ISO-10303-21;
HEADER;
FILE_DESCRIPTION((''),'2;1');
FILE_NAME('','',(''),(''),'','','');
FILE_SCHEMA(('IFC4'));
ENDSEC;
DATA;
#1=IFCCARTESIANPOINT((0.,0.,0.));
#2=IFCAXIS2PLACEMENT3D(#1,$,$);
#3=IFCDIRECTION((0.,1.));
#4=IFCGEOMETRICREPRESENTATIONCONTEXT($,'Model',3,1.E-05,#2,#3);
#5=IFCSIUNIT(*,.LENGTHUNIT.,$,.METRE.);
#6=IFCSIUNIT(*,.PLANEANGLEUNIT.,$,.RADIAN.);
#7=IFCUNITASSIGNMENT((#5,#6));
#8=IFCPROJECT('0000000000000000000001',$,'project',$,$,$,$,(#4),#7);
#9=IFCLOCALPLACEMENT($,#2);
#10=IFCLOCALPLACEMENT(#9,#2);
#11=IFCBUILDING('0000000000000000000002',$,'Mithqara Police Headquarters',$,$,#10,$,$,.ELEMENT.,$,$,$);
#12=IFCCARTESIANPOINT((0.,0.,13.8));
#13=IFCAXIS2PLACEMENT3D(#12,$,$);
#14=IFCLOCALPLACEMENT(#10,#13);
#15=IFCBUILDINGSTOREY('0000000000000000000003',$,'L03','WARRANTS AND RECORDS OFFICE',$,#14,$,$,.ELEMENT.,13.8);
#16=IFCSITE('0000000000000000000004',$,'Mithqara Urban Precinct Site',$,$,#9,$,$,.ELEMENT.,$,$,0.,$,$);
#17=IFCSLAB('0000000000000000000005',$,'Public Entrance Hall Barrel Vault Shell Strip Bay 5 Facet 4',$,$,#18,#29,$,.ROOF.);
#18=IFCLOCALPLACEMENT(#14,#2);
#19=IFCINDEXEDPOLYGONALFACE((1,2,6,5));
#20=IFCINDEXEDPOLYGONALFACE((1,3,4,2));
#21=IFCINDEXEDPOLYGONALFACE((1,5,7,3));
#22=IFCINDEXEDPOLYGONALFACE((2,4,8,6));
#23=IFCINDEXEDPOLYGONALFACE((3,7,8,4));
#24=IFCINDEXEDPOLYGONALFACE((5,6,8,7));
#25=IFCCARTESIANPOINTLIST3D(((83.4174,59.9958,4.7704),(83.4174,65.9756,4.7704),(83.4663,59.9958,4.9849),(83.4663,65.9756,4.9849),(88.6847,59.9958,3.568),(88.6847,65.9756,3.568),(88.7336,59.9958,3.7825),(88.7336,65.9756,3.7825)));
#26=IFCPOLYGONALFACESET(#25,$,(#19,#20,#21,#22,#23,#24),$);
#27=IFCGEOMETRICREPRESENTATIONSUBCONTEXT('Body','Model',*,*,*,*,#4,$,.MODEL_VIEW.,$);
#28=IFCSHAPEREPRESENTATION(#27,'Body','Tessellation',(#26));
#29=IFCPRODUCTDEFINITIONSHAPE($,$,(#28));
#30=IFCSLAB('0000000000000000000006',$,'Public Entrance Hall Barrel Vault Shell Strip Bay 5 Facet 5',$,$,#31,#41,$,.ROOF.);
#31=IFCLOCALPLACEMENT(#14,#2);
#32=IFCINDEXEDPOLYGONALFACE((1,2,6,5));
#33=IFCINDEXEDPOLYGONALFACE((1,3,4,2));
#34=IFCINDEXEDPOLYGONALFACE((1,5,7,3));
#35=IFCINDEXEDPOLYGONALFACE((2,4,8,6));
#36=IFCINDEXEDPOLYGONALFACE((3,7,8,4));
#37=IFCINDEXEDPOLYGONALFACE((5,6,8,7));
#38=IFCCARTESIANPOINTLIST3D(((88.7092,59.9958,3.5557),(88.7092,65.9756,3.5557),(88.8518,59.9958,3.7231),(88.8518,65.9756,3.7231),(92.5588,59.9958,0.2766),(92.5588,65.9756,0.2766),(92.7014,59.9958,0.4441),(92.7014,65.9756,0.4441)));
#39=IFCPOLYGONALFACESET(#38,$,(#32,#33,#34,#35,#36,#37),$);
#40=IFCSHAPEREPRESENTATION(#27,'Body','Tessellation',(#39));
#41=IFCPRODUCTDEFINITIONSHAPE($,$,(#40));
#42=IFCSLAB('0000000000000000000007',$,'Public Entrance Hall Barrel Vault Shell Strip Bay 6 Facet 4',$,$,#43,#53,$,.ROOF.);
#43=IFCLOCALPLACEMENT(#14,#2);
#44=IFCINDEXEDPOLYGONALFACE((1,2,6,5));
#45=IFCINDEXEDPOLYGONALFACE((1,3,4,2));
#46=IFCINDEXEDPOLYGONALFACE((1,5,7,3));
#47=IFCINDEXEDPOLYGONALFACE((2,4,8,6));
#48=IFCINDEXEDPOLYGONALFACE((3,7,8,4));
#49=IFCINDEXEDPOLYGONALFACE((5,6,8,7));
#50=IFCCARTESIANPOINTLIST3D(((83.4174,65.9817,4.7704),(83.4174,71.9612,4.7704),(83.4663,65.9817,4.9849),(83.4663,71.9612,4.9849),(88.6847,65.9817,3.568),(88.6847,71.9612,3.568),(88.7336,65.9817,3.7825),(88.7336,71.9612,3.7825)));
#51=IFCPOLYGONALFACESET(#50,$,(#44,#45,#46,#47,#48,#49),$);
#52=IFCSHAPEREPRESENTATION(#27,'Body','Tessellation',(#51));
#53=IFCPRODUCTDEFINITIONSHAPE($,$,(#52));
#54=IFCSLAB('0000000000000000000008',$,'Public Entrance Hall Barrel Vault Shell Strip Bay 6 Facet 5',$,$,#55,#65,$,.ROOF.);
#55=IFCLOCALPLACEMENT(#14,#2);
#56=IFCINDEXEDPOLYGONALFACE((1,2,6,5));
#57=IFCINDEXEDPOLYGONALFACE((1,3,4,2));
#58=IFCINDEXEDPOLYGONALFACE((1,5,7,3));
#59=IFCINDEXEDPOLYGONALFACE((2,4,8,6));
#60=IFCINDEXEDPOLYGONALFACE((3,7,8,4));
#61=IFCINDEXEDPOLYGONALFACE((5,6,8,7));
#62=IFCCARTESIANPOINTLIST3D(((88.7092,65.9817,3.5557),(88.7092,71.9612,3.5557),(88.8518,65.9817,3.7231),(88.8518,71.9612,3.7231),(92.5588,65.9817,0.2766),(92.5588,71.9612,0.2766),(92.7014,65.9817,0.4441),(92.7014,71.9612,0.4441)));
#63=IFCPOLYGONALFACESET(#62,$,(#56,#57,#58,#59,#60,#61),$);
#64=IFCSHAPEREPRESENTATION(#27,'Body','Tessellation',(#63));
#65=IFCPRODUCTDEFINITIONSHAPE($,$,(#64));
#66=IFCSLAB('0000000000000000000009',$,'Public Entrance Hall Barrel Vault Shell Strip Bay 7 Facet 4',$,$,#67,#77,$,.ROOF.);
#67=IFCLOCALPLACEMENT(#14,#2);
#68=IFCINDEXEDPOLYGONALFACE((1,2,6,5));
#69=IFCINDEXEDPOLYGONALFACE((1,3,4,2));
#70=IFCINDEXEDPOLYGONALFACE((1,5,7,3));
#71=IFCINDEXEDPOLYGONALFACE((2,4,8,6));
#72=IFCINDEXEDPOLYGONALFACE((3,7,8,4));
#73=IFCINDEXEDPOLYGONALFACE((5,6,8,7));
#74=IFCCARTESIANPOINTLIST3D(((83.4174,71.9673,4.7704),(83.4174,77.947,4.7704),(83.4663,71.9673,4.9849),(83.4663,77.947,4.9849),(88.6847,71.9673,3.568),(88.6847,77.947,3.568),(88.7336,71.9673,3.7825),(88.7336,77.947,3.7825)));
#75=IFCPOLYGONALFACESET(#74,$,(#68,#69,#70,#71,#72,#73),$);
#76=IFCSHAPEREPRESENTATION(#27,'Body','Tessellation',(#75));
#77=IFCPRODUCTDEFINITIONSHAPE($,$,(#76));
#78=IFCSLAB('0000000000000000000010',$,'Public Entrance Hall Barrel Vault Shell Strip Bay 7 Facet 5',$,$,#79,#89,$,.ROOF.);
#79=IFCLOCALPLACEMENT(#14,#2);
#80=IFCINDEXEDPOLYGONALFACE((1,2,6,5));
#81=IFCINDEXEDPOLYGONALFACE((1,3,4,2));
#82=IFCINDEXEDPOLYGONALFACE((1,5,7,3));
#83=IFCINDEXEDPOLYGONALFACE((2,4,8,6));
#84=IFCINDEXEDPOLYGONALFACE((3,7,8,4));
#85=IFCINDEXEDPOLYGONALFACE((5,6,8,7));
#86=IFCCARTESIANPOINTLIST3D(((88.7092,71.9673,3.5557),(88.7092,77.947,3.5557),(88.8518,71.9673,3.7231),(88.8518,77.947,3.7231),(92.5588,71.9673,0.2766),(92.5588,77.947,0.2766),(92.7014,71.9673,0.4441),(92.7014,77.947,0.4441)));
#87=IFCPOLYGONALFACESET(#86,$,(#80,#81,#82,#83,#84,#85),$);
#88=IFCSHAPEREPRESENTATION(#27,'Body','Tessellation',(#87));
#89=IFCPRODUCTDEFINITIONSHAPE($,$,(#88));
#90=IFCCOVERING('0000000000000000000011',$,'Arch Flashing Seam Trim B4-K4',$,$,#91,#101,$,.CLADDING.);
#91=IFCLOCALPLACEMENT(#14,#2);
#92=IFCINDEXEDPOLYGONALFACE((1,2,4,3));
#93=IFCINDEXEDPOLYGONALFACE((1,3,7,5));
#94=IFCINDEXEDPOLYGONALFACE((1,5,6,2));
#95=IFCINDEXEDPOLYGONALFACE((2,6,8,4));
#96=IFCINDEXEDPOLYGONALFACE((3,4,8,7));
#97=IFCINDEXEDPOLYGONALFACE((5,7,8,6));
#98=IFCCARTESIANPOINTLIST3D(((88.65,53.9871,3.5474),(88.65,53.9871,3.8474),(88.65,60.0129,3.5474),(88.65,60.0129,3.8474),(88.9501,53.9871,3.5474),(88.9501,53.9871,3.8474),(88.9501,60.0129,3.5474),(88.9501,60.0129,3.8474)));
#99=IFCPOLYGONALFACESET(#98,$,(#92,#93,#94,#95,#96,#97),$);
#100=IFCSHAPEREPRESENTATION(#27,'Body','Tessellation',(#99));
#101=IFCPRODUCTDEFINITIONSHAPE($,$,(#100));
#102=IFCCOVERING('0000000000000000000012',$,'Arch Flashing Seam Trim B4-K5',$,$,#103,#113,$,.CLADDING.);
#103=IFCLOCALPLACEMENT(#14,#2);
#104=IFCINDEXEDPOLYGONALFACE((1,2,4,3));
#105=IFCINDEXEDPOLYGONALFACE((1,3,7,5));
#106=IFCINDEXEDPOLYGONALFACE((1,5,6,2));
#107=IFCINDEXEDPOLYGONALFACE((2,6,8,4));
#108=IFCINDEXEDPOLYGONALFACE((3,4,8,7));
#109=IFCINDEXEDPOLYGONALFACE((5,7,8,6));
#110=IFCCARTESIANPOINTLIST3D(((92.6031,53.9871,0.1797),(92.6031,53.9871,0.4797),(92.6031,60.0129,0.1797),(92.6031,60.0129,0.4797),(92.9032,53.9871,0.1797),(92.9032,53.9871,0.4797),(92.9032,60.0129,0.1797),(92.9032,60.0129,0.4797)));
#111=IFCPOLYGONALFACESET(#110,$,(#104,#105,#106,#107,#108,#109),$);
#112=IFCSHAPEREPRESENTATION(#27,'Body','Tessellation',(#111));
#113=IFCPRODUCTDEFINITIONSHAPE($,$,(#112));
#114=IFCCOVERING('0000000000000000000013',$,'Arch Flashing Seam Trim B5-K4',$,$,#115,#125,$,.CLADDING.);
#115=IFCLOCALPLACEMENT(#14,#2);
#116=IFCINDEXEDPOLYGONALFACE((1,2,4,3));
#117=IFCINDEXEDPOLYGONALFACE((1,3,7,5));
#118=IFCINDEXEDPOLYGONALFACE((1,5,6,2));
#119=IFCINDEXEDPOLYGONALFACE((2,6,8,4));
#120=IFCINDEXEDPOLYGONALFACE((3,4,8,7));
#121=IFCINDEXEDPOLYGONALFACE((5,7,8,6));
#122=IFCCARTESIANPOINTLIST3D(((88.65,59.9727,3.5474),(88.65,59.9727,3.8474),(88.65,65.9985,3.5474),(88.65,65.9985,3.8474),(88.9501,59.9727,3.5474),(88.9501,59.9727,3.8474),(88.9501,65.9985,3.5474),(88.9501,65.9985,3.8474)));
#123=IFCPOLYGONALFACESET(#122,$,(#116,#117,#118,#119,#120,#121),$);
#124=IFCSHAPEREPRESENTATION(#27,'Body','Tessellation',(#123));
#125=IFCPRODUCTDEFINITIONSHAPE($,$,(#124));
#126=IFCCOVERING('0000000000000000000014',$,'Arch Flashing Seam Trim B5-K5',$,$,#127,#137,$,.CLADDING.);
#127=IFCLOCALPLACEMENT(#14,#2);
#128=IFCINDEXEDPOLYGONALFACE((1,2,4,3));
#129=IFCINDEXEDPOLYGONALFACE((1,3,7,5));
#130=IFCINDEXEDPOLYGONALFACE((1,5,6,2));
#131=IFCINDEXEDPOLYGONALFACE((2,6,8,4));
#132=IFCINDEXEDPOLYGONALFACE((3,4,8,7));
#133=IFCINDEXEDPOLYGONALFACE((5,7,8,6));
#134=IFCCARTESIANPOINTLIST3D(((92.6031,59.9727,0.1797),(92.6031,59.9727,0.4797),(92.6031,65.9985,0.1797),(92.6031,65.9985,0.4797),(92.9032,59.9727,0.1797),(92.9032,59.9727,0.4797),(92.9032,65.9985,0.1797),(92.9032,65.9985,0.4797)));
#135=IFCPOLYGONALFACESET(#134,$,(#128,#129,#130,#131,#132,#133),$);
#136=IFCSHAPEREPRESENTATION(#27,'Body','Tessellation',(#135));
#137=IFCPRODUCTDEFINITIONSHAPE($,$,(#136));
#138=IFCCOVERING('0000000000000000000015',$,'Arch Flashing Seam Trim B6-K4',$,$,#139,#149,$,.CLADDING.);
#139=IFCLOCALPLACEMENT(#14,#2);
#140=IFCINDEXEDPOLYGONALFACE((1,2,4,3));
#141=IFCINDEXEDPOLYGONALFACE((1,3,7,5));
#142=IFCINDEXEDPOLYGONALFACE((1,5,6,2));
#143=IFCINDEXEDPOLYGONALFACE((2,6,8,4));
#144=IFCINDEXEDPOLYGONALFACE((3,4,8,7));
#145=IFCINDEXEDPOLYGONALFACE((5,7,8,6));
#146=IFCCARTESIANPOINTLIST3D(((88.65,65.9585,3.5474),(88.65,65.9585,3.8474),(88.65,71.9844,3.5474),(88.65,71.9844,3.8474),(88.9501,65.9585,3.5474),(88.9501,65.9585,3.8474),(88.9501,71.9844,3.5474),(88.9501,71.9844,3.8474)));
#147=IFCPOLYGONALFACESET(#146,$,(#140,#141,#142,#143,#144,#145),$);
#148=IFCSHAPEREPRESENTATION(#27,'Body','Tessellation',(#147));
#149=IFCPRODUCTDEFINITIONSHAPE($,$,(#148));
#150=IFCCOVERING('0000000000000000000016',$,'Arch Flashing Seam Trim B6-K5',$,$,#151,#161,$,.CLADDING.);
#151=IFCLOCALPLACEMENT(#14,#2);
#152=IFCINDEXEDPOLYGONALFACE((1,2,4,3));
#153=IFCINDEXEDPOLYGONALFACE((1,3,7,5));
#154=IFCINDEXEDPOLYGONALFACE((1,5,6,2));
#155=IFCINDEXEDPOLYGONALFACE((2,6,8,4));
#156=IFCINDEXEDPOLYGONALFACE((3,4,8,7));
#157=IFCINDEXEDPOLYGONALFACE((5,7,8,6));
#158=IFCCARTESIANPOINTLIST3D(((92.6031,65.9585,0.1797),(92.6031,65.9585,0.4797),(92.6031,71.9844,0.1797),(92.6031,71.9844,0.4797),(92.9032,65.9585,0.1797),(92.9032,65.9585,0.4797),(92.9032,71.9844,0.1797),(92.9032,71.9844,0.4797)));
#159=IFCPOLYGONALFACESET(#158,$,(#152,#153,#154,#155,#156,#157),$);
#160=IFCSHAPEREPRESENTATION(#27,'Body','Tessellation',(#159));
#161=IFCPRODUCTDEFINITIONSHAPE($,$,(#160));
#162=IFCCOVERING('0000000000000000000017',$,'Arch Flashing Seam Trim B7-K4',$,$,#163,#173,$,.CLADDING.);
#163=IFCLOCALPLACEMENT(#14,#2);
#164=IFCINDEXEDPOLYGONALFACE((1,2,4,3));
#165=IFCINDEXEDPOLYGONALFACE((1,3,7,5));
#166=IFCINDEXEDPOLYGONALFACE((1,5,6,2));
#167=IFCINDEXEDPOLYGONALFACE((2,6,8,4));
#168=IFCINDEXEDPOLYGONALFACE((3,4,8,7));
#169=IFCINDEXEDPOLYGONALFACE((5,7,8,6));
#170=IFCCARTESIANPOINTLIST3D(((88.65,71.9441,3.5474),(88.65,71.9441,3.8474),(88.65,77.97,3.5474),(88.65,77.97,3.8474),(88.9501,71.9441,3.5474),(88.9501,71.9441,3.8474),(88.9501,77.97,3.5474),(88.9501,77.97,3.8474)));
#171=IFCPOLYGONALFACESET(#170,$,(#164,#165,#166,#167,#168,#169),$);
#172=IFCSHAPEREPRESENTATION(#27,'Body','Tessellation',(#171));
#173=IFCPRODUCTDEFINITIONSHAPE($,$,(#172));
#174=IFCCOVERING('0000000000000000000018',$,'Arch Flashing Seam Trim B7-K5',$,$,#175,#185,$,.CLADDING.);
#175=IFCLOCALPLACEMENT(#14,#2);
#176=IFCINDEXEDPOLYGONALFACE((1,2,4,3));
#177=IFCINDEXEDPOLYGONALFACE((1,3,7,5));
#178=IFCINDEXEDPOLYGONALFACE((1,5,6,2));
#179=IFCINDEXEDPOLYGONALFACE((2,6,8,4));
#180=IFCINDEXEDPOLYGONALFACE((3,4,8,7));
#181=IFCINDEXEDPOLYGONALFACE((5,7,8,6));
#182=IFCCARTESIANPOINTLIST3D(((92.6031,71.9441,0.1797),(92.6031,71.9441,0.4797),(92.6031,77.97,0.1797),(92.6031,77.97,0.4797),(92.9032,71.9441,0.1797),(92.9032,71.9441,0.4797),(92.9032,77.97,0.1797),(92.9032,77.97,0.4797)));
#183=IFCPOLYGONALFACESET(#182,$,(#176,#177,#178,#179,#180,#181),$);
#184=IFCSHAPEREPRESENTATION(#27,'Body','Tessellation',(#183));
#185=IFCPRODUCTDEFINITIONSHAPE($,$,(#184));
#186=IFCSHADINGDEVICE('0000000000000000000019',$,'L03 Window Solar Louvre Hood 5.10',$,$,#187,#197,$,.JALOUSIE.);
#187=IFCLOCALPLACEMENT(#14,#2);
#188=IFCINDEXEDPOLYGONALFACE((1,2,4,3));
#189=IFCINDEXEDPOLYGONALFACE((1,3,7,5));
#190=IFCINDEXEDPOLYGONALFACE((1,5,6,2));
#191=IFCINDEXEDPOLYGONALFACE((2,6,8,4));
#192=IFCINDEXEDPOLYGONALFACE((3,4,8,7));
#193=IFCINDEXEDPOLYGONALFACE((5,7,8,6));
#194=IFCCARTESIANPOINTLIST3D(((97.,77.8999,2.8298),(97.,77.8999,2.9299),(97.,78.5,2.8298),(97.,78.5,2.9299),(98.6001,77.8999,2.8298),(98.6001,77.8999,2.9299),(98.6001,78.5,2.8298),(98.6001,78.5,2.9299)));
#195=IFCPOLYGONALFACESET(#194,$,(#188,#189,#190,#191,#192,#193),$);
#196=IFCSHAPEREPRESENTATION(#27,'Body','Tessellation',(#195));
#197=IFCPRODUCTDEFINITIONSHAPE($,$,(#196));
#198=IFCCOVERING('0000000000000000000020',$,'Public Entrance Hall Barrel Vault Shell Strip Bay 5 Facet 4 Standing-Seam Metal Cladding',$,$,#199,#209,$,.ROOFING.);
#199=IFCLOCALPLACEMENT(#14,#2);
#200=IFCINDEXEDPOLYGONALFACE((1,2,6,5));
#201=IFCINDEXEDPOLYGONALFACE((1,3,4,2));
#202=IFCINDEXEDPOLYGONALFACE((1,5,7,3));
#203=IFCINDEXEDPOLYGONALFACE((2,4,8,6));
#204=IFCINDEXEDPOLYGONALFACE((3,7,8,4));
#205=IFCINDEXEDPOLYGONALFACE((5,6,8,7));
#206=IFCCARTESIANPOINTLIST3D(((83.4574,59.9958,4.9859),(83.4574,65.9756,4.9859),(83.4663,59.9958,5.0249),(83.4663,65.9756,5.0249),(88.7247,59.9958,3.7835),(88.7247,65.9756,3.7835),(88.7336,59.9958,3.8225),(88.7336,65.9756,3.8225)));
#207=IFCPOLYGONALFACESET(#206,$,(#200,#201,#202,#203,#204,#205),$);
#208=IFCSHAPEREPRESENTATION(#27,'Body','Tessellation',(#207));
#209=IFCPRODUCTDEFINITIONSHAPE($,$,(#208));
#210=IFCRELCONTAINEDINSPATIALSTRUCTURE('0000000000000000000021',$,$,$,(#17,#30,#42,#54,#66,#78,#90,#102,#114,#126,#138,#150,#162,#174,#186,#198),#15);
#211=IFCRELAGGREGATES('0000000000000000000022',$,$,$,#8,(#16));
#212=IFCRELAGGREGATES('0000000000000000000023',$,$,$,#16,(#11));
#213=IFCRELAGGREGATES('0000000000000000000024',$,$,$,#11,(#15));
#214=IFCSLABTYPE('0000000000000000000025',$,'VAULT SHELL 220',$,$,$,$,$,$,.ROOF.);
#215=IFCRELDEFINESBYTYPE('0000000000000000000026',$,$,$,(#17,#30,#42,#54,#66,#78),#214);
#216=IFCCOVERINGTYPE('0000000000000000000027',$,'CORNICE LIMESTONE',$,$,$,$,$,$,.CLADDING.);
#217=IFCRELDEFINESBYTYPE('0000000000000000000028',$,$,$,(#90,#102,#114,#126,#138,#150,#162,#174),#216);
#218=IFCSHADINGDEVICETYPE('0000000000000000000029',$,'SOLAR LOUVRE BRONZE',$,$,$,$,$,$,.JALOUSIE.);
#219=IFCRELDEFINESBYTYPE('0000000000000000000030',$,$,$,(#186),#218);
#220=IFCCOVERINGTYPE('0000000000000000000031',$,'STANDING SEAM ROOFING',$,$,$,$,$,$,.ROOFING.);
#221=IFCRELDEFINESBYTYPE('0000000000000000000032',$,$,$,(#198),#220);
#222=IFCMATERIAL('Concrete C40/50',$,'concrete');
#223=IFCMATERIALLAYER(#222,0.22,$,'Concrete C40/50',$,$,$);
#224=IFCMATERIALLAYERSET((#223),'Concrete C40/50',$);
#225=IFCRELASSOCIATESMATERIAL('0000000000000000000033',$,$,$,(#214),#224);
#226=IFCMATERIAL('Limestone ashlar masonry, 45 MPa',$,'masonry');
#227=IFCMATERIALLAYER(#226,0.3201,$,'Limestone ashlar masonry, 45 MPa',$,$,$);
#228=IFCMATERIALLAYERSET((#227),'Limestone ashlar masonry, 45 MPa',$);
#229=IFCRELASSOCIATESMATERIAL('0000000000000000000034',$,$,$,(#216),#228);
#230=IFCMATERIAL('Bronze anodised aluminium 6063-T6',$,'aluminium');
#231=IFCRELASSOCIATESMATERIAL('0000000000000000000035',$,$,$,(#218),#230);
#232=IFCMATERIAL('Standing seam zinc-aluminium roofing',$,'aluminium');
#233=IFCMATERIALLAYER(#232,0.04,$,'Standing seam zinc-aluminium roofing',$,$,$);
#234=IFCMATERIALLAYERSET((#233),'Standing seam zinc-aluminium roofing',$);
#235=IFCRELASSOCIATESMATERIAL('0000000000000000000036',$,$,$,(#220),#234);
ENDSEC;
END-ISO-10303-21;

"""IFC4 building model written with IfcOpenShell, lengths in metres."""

from ifc_helpers import new_model, si_unit, direction, frame, origin, origin_2d, place, context, subcontext, project, spatial, polyline, rectangle, outline, extrude, material, layer, layer_set, type_object, element, save


model = new_model("IFC4")

# Units and contexts
model_context = context("Model", 3, precision=1e-05, world=origin(), true_north=direction((0.0, 1.0)))
body_context = subcontext(model_context, "Body", "Model", "MODEL_VIEW")
ifc_project = project(units=[si_unit("LENGTHUNIT", "METRE"), si_unit("PLANEANGLEUNIT", "RADIAN")], contexts=[model_context])

# Site, building, storey
site_placement = place(None, origin())
site = spatial("IfcSite", under=ifc_project, at=site_placement, Name="Mithqara Urban Precinct Site", CompositionType="ELEMENT", RefElevation=0.0)
building_placement = place(site_placement, origin())
building = spatial("IfcBuilding", under=site, at=building_placement, Name="Mithqara Police Headquarters", CompositionType="ELEMENT")
storey_placement = place(building_placement, frame((0.0, 0.0, 13.8)))
storey = spatial("IfcBuildingStorey", under=building, at=storey_placement, Name="L03", Description="WARRANTS AND RECORDS OFFICE", CompositionType="ELEMENT", Elevation=13.8)

# Slabs
ifc_material_1 = material(Name="Concrete C40/50", Category="concrete")
ifc_layer_1 = layer(ifc_material_1, 0.22, Name="Concrete C40/50")
ifc_layer_set_1 = layer_set([ifc_layer_1], Name="Concrete C40/50")
slab_type = type_object("IfcSlabType", Name="VAULT SHELL 220", PredefinedType="ROOF", material=ifc_layer_set_1)
slab_1_placement = place(storey_placement, frame((83.4663, 59.9958, 4.9849), z_axis=(0.222549, 0.0, 0.974922), x_axis=(0.974922, 0.0, -0.222549)))
element("IfcSlab", 1, at=slab_1_placement, inside=storey, type_object=slab_type, Name="Public Entrance Hall Barrel Vault Shell Strip Bay 5 Facet 4", PredefinedType="ROOF", context=body_context, shape_type="SweptSolid", body=[
    extrude(outline(polyline([(0.0, 0.0), (5.4028, 0.0), (5.4028, 5.9797), (0.0, 5.9797), (0.0, 0.0)])), origin(), (0.0, 0.0, -1.0), 0.22),
])
slab_2_placement = place(storey_placement, frame((88.8518, 59.9958, 3.7231), z_axis=(0.648438, 0.0, 0.761267), x_axis=(0.761267, 0.0, -0.648438)))
element("IfcSlab", 2, at=slab_2_placement, inside=storey, type_object=slab_type, Name="Public Entrance Hall Barrel Vault Shell Strip Bay 5 Facet 5", PredefinedType="ROOF", context=body_context, shape_type="SweptSolid", body=[
    extrude(outline(polyline([(0.0, 0.0), (5.0568, 0.0), (5.0568, 5.9797), (0.0, 5.9797), (0.0, 0.0)])), origin(), (0.0, 0.0, -1.0), 0.22),
])
slab_3_placement = place(storey_placement, frame((83.4663, 65.9817, 4.9849), z_axis=(0.222549, 0.0, 0.974922), x_axis=(0.974922, 0.0, -0.222549)))
element("IfcSlab", 3, at=slab_3_placement, inside=storey, type_object=slab_type, Name="Public Entrance Hall Barrel Vault Shell Strip Bay 6 Facet 4", PredefinedType="ROOF", context=body_context, shape_type="SweptSolid", body=[
    extrude(outline(polyline([(0.0, 0.0), (5.4028, 0.0), (5.4028, 5.9795), (0.0, 5.9795), (0.0, 0.0)])), origin(), (0.0, 0.0, -1.0), 0.22),
])
slab_4_placement = place(storey_placement, frame((88.8518, 65.9817, 3.7231), z_axis=(0.648438, 0.0, 0.761267), x_axis=(0.761267, 0.0, -0.648438)))
element("IfcSlab", 4, at=slab_4_placement, inside=storey, type_object=slab_type, Name="Public Entrance Hall Barrel Vault Shell Strip Bay 6 Facet 5", PredefinedType="ROOF", context=body_context, shape_type="SweptSolid", body=[
    extrude(outline(polyline([(0.0, 0.0), (5.0568, 0.0), (5.0568, 5.9795), (0.0, 5.9795), (0.0, 0.0)])), origin(), (0.0, 0.0, -1.0), 0.22),
])
slab_5_placement = place(storey_placement, frame((83.4663, 71.9673, 4.9849), z_axis=(0.222549, 0.0, 0.974922), x_axis=(0.974922, 0.0, -0.222549)))
element("IfcSlab", 5, at=slab_5_placement, inside=storey, type_object=slab_type, Name="Public Entrance Hall Barrel Vault Shell Strip Bay 7 Facet 4", PredefinedType="ROOF", context=body_context, shape_type="SweptSolid", body=[
    extrude(outline(polyline([(0.0, 0.0), (5.4028, 0.0), (5.4028, 5.9797), (0.0, 5.9797), (0.0, 0.0)])), origin(), (0.0, 0.0, -1.0), 0.22),
])
slab_6_placement = place(storey_placement, frame((88.8518, 71.9673, 3.7231), z_axis=(0.648438, 0.0, 0.761267), x_axis=(0.761267, 0.0, -0.648438)))
element("IfcSlab", 6, at=slab_6_placement, inside=storey, type_object=slab_type, Name="Public Entrance Hall Barrel Vault Shell Strip Bay 7 Facet 5", PredefinedType="ROOF", context=body_context, shape_type="SweptSolid", body=[
    extrude(outline(polyline([(0.0, 0.0), (5.0568, 0.0), (5.0568, 5.9797), (0.0, 5.9797), (0.0, 0.0)])), origin(), (0.0, 0.0, -1.0), 0.22),
])

# Coverings
ifc_material_2 = material(Name="Limestone ashlar masonry, 45 MPa", Category="masonry")
ifc_layer_2 = layer(ifc_material_2, 0.3201, Name="Limestone ashlar masonry, 45 MPa")
ifc_layer_set_2 = layer_set([ifc_layer_2], Name="Limestone ashlar masonry, 45 MPa")
covering_type_1 = type_object("IfcCoveringType", Name="CORNICE LIMESTONE", PredefinedType="CLADDING", material=ifc_layer_set_2)
for number, where, z_axis, x_axis, name in (
    (7, (88.8, 57.0, 3.5474), (0.0, 0.0, 1.0), (1.0, 0.0, 0.0), "Arch Flashing Seam Trim B4-K4"),
    (8, (92.7532, 57.0, 0.1797), (0.0, 0.0, 1.0), (1.0, 0.0, 0.0), "Arch Flashing Seam Trim B4-K5"),
    (9, (88.8, 62.9856, 3.5474), (0.0, 0.0, 1.0), (1.0, 0.0, 0.0), "Arch Flashing Seam Trim B5-K4"),
    (10, (92.7532, 62.9856, 0.1797), (0.0, 0.0, 1.0), (1.0, 0.0, 0.0), "Arch Flashing Seam Trim B5-K5"),
    (11, (88.8, 68.9714, 3.5474), (0.0, 0.0, 1.0), (1.0, 0.0, 0.0), "Arch Flashing Seam Trim B6-K4"),
    (12, (92.7532, 68.9714, 0.1797), (0.0, 0.0, 1.0), (1.0, 0.0, 0.0), "Arch Flashing Seam Trim B6-K5"),
    (13, (88.8, 74.957, 3.5474), (0.0, 0.0, 1.0), (1.0, 0.0, 0.0), "Arch Flashing Seam Trim B7-K4"),
    (14, (92.7532, 74.957, 0.1797), (0.0, 0.0, 1.0), (1.0, 0.0, 0.0), "Arch Flashing Seam Trim B7-K5"),
):
    element("IfcCovering", number, at=place(storey_placement, frame(where, z_axis=z_axis, x_axis=x_axis)), inside=storey, type_object=covering_type_1, Name=name, PredefinedType="CLADDING", context=body_context, shape_type="SweptSolid", body=[
        extrude(rectangle(XDim=0.3, YDim=6.0259, at=origin_2d()), origin(), (0.0, 0.0, 1.0), 0.3),
    ])

# Shading device
ifc_material_3 = material(Name="Bronze anodised aluminium 6063-T6", Category="aluminium")
shading_device_type = type_object("IfcShadingDeviceType", Name="SOLAR LOUVRE BRONZE", PredefinedType="JALOUSIE", material=ifc_material_3)
shading_device_placement = place(storey_placement, frame((97.8, 78.2, 2.8298), z_axis=(0.0, 0.0, 1.0), x_axis=(1.0, 0.0, 0.0)))
element("IfcShadingDevice", 15, at=shading_device_placement, inside=storey, type_object=shading_device_type, Name="L03 Window Solar Louvre Hood 5.10", PredefinedType="JALOUSIE", context=body_context, shape_type="SweptSolid", body=[
    extrude(rectangle(XDim=1.6001, YDim=0.6001, at=origin_2d()), origin(), (0.0, 0.0, 1.0), 0.1001),
])

# Covering
ifc_material_4 = material(Name="Standing seam zinc-aluminium roofing", Category="aluminium")
ifc_layer_3 = layer(ifc_material_4, 0.04, Name="Standing seam zinc-aluminium roofing")
ifc_layer_set_3 = layer_set([ifc_layer_3], Name="Standing seam zinc-aluminium roofing")
covering_type_2 = type_object("IfcCoveringType", Name="STANDING SEAM ROOFING", PredefinedType="ROOFING", material=ifc_layer_set_3)
covering_1_placement = place(storey_placement, frame((83.4663, 59.9958, 5.0249), z_axis=(0.222549, 0.0, 0.974922), x_axis=(0.974922, 0.0, -0.222549)))
element("IfcCovering", 16, at=covering_1_placement, inside=storey, type_object=covering_type_2, Name="Public Entrance Hall Barrel Vault Shell Strip Bay 5 Facet 4 Standing-Seam Metal Cladding", PredefinedType="ROOFING", context=body_context, shape_type="SweptSolid", body=[
    extrude(outline(polyline([(0.0, 0.0), (5.4028, 0.0), (5.4028, 5.9797), (0.0, 5.9797), (0.0, 0.0)])), origin(), (0.0, 0.0, -1.0), 0.04),
])

save(model, "model.ifc")
